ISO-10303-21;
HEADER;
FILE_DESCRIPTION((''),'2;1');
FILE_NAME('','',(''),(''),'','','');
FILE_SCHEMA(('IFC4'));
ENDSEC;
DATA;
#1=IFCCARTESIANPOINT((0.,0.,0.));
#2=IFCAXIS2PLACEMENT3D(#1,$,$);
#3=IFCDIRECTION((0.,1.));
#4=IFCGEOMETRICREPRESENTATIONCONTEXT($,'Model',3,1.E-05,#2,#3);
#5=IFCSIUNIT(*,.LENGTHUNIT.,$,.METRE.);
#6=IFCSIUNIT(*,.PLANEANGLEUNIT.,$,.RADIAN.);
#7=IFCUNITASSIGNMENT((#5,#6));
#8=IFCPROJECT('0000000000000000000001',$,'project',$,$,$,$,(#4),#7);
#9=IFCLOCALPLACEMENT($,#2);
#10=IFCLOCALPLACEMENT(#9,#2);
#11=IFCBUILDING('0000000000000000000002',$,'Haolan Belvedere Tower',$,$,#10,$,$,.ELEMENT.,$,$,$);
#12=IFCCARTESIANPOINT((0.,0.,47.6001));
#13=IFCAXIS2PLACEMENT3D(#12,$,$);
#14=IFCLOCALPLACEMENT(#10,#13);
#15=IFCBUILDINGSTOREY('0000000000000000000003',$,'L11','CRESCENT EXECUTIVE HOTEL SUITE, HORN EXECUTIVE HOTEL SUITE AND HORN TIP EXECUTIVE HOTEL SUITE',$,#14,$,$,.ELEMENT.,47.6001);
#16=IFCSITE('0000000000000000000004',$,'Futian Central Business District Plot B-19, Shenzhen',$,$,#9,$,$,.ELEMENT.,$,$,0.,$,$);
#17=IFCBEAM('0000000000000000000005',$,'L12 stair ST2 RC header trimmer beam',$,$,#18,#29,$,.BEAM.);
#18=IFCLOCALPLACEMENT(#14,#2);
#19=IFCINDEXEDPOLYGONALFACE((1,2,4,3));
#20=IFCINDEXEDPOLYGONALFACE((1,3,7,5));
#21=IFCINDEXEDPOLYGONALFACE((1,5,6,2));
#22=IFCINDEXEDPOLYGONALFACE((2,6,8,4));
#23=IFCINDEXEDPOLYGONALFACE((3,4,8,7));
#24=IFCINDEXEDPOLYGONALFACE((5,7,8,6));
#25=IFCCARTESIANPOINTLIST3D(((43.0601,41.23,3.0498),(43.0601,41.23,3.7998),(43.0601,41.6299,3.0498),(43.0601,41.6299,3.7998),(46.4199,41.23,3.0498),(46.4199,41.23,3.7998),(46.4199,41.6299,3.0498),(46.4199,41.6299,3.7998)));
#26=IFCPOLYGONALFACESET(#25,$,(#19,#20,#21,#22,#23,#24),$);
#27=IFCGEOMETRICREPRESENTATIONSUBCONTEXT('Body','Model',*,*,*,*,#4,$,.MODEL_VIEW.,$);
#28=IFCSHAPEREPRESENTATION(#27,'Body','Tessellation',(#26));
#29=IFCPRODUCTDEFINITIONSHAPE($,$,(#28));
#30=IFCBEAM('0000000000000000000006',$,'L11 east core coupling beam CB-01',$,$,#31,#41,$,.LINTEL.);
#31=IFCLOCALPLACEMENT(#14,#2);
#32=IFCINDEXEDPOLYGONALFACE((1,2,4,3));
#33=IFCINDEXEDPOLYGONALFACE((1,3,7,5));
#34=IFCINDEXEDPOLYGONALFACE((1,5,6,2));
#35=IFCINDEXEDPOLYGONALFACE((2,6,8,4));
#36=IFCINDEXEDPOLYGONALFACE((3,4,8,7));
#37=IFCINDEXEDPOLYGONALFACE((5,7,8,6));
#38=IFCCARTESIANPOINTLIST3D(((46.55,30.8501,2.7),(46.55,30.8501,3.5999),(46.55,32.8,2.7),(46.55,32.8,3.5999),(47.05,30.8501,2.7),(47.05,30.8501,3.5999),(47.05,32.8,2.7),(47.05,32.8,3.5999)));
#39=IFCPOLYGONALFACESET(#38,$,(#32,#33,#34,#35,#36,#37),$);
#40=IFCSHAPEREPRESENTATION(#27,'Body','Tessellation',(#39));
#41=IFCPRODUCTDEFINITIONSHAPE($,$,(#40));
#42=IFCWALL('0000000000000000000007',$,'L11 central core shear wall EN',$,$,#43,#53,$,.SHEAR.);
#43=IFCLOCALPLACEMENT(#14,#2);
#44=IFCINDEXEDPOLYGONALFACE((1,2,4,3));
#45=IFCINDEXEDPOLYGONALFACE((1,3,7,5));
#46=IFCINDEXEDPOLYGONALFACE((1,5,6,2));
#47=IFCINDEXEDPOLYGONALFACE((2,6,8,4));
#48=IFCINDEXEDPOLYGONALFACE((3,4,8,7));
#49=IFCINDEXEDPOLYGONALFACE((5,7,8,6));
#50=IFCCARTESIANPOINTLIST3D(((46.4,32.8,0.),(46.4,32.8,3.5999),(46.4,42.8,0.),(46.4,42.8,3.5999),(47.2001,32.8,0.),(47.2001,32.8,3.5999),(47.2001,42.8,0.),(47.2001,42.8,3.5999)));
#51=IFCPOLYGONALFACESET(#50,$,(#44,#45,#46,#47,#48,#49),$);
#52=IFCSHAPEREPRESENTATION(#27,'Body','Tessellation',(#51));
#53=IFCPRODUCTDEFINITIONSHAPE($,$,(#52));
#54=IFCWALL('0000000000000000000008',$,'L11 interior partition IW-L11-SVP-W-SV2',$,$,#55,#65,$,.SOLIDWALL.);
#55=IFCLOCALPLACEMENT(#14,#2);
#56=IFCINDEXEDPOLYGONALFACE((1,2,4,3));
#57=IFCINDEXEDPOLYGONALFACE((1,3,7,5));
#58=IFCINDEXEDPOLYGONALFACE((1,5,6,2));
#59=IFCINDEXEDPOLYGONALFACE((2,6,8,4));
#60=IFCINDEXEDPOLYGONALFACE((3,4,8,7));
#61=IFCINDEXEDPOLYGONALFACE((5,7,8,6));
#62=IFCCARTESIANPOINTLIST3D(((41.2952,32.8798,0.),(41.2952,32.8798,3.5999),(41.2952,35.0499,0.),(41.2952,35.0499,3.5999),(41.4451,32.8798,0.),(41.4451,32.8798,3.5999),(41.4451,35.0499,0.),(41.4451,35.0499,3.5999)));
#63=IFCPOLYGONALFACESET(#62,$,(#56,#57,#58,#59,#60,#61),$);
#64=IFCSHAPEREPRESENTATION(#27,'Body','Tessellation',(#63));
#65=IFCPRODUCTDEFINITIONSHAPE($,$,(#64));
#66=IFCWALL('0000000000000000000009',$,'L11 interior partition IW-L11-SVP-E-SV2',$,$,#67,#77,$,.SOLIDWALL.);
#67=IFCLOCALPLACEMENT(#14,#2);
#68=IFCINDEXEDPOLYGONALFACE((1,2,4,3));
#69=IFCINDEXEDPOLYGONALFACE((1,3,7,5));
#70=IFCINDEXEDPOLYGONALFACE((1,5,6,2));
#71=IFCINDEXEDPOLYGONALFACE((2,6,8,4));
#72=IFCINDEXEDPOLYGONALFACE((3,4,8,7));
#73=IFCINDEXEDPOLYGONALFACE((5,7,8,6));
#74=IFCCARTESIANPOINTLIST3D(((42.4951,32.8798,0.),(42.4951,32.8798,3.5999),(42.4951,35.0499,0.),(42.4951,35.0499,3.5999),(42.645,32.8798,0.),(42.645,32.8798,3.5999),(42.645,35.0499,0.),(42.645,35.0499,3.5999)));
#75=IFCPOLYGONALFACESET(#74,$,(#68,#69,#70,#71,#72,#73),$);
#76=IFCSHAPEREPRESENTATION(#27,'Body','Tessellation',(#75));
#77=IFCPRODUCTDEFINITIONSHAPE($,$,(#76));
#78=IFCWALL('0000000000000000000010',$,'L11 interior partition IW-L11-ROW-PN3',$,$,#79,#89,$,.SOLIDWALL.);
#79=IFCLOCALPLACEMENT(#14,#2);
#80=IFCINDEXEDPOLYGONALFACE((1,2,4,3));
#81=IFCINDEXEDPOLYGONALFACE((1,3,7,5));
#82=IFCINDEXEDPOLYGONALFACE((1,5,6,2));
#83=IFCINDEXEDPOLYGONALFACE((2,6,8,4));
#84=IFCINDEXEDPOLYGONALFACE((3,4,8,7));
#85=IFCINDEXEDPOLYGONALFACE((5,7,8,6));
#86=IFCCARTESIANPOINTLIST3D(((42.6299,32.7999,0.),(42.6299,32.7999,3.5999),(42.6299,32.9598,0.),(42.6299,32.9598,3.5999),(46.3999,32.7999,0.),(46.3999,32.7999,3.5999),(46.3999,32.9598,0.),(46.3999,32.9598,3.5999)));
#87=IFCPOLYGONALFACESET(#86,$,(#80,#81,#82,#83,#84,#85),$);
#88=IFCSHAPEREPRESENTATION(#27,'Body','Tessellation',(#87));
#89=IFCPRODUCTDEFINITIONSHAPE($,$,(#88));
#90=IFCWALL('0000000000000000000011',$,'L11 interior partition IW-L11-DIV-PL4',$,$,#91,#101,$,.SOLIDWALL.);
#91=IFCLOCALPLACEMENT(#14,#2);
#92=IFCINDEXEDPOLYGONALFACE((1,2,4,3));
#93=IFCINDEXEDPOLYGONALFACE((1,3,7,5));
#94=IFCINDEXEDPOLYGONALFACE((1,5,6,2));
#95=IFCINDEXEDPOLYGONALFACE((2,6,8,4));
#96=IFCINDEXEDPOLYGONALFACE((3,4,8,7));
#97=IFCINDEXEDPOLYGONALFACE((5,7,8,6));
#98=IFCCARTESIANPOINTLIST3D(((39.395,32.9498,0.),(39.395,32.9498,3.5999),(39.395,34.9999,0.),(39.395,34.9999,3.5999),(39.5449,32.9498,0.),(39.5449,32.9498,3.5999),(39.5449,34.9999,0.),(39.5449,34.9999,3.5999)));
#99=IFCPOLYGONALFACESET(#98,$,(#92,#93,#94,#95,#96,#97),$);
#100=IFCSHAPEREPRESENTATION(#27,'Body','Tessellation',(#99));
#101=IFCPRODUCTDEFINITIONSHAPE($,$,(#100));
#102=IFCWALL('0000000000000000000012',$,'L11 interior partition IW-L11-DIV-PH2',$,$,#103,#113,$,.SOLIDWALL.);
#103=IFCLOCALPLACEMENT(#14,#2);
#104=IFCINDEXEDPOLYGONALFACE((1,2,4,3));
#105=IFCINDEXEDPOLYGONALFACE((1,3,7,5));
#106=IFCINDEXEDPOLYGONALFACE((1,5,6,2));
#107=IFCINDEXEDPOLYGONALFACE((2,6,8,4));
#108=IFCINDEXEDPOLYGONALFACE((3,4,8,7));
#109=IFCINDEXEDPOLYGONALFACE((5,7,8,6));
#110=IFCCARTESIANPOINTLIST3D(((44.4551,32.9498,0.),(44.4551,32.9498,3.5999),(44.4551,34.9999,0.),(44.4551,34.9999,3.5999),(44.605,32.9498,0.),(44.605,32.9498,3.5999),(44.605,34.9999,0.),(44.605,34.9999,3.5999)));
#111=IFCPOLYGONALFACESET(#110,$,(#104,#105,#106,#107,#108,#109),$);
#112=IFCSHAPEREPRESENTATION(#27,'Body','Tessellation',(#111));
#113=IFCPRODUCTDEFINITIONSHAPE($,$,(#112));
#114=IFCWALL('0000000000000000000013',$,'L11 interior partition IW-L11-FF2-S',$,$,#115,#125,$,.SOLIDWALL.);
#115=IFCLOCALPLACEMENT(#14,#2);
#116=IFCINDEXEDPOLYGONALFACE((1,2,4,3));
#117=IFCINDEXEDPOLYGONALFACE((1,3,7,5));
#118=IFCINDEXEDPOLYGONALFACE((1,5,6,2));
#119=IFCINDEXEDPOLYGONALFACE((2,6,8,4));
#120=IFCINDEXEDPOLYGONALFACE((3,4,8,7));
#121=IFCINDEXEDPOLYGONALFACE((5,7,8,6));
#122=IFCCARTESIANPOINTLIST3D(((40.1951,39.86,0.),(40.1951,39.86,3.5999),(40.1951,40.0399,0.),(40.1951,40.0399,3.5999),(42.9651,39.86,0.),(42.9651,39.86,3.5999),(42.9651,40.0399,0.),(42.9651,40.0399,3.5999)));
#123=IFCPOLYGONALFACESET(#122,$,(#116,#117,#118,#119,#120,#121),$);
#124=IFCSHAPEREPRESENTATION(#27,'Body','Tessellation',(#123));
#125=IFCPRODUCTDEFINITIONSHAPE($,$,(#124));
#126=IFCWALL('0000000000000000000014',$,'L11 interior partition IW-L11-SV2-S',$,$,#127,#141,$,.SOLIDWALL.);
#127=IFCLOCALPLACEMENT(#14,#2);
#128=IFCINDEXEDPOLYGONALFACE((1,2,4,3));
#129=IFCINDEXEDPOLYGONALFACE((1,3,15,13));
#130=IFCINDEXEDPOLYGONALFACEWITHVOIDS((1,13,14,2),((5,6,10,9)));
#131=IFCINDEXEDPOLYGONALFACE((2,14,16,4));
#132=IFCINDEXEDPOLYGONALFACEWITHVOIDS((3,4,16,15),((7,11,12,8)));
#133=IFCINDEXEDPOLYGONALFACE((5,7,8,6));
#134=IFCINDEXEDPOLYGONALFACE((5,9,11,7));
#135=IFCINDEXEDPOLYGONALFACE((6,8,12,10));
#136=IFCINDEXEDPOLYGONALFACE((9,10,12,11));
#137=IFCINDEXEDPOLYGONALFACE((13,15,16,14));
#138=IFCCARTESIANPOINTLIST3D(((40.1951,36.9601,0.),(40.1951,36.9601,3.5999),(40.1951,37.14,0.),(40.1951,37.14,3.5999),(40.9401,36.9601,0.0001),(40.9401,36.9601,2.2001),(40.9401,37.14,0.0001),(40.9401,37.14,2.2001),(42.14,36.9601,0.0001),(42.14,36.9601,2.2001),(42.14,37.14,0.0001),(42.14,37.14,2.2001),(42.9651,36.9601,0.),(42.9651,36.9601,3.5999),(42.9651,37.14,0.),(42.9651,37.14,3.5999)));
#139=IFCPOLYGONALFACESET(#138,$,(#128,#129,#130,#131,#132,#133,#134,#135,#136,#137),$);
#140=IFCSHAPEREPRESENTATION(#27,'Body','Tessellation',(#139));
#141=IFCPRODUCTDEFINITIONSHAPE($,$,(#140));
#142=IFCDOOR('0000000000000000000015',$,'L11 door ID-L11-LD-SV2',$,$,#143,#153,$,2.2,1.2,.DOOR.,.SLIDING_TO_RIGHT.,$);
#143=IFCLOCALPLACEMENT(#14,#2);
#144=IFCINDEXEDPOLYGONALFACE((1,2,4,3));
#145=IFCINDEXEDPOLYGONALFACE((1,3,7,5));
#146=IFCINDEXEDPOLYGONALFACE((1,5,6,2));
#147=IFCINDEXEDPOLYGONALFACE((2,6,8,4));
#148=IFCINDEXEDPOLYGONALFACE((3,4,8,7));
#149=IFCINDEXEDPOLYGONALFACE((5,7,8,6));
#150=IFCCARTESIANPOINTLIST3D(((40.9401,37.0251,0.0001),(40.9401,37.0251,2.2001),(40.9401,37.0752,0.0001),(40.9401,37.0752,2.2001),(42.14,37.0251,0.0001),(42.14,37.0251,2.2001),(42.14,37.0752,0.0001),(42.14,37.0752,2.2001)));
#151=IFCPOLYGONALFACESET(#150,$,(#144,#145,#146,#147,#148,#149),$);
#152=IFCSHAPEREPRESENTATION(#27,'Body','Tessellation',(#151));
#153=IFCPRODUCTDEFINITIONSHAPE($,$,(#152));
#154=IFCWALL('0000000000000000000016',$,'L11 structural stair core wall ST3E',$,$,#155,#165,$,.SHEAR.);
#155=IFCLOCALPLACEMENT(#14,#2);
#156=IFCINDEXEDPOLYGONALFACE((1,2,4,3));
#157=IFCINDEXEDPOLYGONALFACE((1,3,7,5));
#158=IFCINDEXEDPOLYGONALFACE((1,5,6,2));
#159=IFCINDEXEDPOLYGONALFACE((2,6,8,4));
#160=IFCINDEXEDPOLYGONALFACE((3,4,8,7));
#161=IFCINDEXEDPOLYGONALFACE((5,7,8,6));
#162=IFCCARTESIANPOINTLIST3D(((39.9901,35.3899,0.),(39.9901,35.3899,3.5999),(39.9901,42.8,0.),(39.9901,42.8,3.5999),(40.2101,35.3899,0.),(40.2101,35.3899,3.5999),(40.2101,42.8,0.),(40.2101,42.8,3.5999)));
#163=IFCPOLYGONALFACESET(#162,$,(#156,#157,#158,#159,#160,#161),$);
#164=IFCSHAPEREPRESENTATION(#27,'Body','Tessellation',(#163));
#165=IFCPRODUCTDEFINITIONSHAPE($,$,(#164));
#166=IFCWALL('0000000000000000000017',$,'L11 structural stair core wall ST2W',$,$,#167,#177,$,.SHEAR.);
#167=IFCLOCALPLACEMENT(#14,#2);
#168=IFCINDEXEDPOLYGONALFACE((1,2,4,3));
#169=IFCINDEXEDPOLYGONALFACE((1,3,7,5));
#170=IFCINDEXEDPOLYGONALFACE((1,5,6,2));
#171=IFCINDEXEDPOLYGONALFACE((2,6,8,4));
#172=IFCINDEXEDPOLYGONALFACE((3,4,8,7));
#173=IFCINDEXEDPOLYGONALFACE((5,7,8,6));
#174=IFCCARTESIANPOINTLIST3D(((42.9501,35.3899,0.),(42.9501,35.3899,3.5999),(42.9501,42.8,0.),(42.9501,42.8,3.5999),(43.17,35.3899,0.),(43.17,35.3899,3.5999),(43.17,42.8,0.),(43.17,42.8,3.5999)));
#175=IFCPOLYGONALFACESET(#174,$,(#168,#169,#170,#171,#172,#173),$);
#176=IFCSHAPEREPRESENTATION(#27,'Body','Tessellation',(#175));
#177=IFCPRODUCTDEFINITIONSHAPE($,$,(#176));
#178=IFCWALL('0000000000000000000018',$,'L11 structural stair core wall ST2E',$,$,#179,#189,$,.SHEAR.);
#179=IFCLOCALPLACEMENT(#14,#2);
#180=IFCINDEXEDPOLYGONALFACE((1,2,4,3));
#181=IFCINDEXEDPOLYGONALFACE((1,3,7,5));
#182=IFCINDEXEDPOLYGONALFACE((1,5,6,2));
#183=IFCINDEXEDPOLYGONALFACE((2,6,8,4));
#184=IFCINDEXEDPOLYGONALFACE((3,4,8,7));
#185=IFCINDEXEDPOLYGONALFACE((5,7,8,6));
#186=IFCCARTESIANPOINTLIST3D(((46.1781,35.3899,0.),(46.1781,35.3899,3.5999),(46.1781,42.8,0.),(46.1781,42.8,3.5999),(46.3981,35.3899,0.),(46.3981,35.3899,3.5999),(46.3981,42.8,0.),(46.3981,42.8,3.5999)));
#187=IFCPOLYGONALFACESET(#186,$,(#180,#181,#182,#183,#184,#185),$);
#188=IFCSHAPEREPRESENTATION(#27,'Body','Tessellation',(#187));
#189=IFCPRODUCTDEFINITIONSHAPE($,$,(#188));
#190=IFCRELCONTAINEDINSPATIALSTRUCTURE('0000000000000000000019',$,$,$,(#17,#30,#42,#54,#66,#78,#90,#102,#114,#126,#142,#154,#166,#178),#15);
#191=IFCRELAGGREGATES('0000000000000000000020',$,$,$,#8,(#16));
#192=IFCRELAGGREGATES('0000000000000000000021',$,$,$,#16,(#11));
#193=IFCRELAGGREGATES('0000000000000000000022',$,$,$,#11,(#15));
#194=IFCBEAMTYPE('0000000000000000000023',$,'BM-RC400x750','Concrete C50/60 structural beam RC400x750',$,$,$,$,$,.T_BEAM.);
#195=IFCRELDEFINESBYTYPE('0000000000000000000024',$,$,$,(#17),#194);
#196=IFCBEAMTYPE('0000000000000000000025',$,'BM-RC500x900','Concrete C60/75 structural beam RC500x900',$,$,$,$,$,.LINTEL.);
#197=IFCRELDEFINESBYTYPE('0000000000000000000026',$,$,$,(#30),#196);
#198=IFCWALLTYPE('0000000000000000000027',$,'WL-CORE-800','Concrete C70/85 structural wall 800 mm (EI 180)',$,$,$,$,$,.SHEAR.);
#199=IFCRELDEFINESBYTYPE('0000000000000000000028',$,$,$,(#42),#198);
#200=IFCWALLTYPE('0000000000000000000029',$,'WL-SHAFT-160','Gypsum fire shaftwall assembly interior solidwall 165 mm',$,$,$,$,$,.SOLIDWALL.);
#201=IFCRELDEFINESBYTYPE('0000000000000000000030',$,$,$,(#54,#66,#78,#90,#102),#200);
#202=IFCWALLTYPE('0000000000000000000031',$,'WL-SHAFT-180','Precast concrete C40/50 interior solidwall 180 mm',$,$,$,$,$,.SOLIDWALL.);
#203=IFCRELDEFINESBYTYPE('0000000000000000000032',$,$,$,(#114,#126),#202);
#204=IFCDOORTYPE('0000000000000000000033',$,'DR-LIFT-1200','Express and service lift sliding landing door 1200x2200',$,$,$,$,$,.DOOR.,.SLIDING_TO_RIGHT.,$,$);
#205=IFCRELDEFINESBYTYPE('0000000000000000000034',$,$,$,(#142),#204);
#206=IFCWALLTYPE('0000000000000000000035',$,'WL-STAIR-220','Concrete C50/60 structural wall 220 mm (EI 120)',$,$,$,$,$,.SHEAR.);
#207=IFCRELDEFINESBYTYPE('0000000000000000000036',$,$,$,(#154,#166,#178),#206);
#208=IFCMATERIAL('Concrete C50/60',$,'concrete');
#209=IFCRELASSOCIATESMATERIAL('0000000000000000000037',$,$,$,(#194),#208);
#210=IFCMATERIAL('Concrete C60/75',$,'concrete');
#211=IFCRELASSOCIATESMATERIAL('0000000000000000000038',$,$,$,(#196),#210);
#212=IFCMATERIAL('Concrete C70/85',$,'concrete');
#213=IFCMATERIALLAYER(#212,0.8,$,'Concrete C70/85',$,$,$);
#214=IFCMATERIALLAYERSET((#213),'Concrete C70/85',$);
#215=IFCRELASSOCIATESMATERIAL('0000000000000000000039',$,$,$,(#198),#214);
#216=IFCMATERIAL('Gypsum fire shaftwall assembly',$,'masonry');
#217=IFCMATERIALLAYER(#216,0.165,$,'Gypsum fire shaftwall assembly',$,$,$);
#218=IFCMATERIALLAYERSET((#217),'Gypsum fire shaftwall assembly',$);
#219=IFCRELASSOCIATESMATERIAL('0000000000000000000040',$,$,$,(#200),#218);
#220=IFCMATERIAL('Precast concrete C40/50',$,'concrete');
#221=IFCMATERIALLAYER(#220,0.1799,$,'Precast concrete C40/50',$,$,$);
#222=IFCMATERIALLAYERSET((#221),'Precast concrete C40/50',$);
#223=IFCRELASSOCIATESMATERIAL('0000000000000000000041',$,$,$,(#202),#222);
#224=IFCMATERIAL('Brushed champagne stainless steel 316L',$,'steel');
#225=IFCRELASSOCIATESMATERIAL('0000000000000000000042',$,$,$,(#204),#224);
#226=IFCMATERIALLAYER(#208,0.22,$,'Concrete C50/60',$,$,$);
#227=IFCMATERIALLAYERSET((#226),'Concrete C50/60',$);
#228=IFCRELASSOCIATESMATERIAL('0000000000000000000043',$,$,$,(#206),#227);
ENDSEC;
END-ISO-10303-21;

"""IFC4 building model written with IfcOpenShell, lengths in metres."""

from ifc_helpers import new_model, si_unit, direction, frame, frame_2d, origin, origin_2d, place, context, subcontext, project, spatial, rectangle, extrude, material, layer, layer_set, material_profile, profile_set, type_object, element, fill, save


model = new_model("IFC4")

# Units and contexts
model_context = context("Model", 3, precision=1e-05, world=origin(), true_north=direction((0.0, 1.0)))
body_context = subcontext(model_context, "Body", "Model", "MODEL_VIEW")
ifc_project = project(units=[si_unit("LENGTHUNIT", "METRE"), si_unit("PLANEANGLEUNIT", "RADIAN")], contexts=[model_context])

# Site, building, storey
site_placement = place(None, origin())
site = spatial("IfcSite", under=ifc_project, at=site_placement, Name="Futian Central Business District Plot B-19, Shenzhen", CompositionType="ELEMENT", RefElevation=0.0)
building_placement = place(site_placement, origin())
building = spatial("IfcBuilding", under=site, at=building_placement, Name="Haolan Belvedere Tower", CompositionType="ELEMENT")
storey_placement = place(building_placement, frame((0.0, 0.0, 47.6001)))
storey = spatial("IfcBuildingStorey", under=building, at=storey_placement, Name="L11", Description="CRESCENT EXECUTIVE HOTEL SUITE, HORN EXECUTIVE HOTEL SUITE AND HORN TIP EXECUTIVE HOTEL SUITE", CompositionType="ELEMENT", Elevation=47.6001)

# Beams
ifc_material_1 = material(Name="Concrete C50/60", Category="concrete")
ifc_material_profile_1 = material_profile(ifc_material_1, rectangle(XDim=0.3999, YDim=0.75, at=origin_2d()), Name="Concrete C50/60")
ifc_profile_set_1 = profile_set([ifc_material_profile_1], Name="Concrete C50/60")
beam_type_1 = type_object("IfcBeamType", Name="BM-RC400x750", Description="Concrete C50/60 structural beam RC400x750", PredefinedType="T_BEAM", material=ifc_profile_set_1)
beam_1_placement = place(storey_placement, frame((43.0601, 41.4299, 3.4248), z_axis=(1.0, 0.0, 0.0), x_axis=(0.0, 1.0, 0.0)))
element("IfcBeam", 1, at=beam_1_placement, inside=storey, type_object=beam_type_1, Name="L12 stair ST2 RC header trimmer beam", PredefinedType="BEAM", context=body_context, shape_type="SweptSolid", body=[
    extrude(rectangle(XDim=0.3999, YDim=0.75, at=origin_2d()), origin(), (0.0, 0.0, 1.0), 3.3599),
])
ifc_material_2 = material(Name="Concrete C60/75", Category="concrete")
ifc_material_profile_2 = material_profile(ifc_material_2, rectangle(XDim=0.5, YDim=0.8999, at=origin_2d()), Name="Concrete C60/75")
ifc_profile_set_2 = profile_set([ifc_material_profile_2], Name="Concrete C60/75")
beam_type_2 = type_object("IfcBeamType", Name="BM-RC500x900", Description="Concrete C60/75 structural beam RC500x900", PredefinedType="LINTEL", material=ifc_profile_set_2)
beam_2_placement = place(storey_placement, frame((46.8, 30.8501, 3.1499), z_axis=(0.0, 1.0, 0.0), x_axis=(-1.0, 0.0, 0.0)))
element("IfcBeam", 2, at=beam_2_placement, inside=storey, type_object=beam_type_2, Name="L11 east core coupling beam CB-01", PredefinedType="LINTEL", context=body_context, shape_type="SweptSolid", body=[
    extrude(rectangle(XDim=0.5, YDim=0.8999, at=origin_2d()), origin(), (0.0, 0.0, 1.0), 1.95),
])

# Walls
ifc_material_3 = material(Name="Concrete C70/85", Category="concrete")
ifc_layer_1 = layer(ifc_material_3, 0.8, Name="Concrete C70/85")
ifc_layer_set_1 = layer_set([ifc_layer_1], Name="Concrete C70/85")
wall_type_1 = type_object("IfcWallType", Name="WL-CORE-800", Description="Concrete C70/85 structural wall 800 mm (EI 180)", PredefinedType="SHEAR", material=ifc_layer_set_1)
wall_1_placement = place(storey_placement, frame((46.8, 32.8, 0.0), z_axis=(0.0, 0.0, 1.0), x_axis=(0.0, 1.0, 0.0)))
element("IfcWall", 3, at=wall_1_placement, inside=storey, type_object=wall_type_1, Name="L11 central core shear wall EN", PredefinedType="SHEAR", context=body_context, shape_type="SweptSolid", body=[
    extrude(rectangle(XDim=10.0, YDim=0.8, at=frame_2d((5.0, 0.0))), origin(), (0.0, 0.0, 1.0), 3.5999),
])
ifc_material_4 = material(Name="Gypsum fire shaftwall assembly", Category="masonry")
ifc_layer_2 = layer(ifc_material_4, 0.165, Name="Gypsum fire shaftwall assembly")
ifc_layer_set_2 = layer_set([ifc_layer_2], Name="Gypsum fire shaftwall assembly")
wall_type_2 = type_object("IfcWallType", Name="WL-SHAFT-160", Description="Gypsum fire shaftwall assembly interior solidwall 165 mm", PredefinedType="SOLIDWALL", material=ifc_layer_set_2)
for number, where, z_axis, x_axis, name in (
    (4, (41.3701, 32.8799, 0.0), (0.0, 0.0, 1.0), (0.0, 1.0, 0.0), "L11 interior partition IW-L11-SVP-W-SV2"),
    (5, (42.5701, 32.8799, 0.0), (0.0, 0.0, 1.0), (0.0, 1.0, 0.0), "L11 interior partition IW-L11-SVP-E-SV2"),
):
    element("IfcWall", number, at=place(storey_placement, frame(where, z_axis=z_axis, x_axis=x_axis)), inside=storey, type_object=wall_type_2, Name=name, PredefinedType="SOLIDWALL", context=body_context, shape_type="SweptSolid", body=[
        extrude(rectangle(XDim=2.1702, YDim=0.1499, at=frame_2d((1.085, 0.0))), origin(), (0.0, 0.0, 1.0), 3.5999),
    ])
wall_2_placement = place(storey_placement, frame((42.6299, 32.8799, 0.0), z_axis=(0.0, 0.0, 1.0), x_axis=(1.0, 0.0, 0.0)))
element("IfcWall", 6, at=wall_2_placement, inside=storey, type_object=wall_type_2, Name="L11 interior partition IW-L11-ROW-PN3", PredefinedType="SOLIDWALL", context=body_context, shape_type="SweptSolid", body=[
    extrude(rectangle(XDim=3.77, YDim=0.1599, at=frame_2d((1.885, 0.0))), origin(), (0.0, 0.0, 1.0), 3.5999),
])
for number, where, z_axis, x_axis, name in (
    (7, (39.47, 32.95, 0.0), (0.0, 0.0, 1.0), (0.0, 1.0, 0.0), "L11 interior partition IW-L11-DIV-PL4"),
    (8, (44.53, 32.95, 0.0), (0.0, 0.0, 1.0), (0.0, 1.0, 0.0), "L11 interior partition IW-L11-DIV-PH2"),
):
    element("IfcWall", number, at=place(storey_placement, frame(where, z_axis=z_axis, x_axis=x_axis)), inside=storey, type_object=wall_type_2, Name=name, PredefinedType="SOLIDWALL", context=body_context, shape_type="SweptSolid", body=[
        extrude(rectangle(XDim=2.05, YDim=0.1499, at=frame_2d((1.0249, 0.0))), origin(), (0.0, 0.0, 1.0), 3.5999),
    ])
ifc_material_5 = material(Name="Precast concrete C40/50", Category="concrete")
ifc_layer_3 = layer(ifc_material_5, 0.1799, Name="Precast concrete C40/50")
ifc_layer_set_3 = layer_set([ifc_layer_3], Name="Precast concrete C40/50")
wall_type_3 = type_object("IfcWallType", Name="WL-SHAFT-180", Description="Precast concrete C40/50 interior solidwall 180 mm", PredefinedType="SOLIDWALL", material=ifc_layer_set_3)
wall_3_placement = place(storey_placement, frame((40.1951, 39.95, 0.0), z_axis=(0.0, 0.0, 1.0), x_axis=(1.0, 0.0, 0.0)))
element("IfcWall", 9, at=wall_3_placement, inside=storey, type_object=wall_type_3, Name="L11 interior partition IW-L11-FF2-S", PredefinedType="SOLIDWALL", context=body_context, shape_type="SweptSolid", body=[
    extrude(rectangle(XDim=2.77, YDim=0.1799, at=frame_2d((1.385, 0.0))), origin(), (0.0, 0.0, 1.0), 3.5999),
])

# Wall, opening, door
wall_4_placement = place(storey_placement, frame((40.1951, 37.05, 0.0), z_axis=(0.0, 0.0, 1.0), x_axis=(1.0, 0.0, 0.0)))
wall_4 = element("IfcWall", 10, at=wall_4_placement, inside=storey, type_object=wall_type_3, Name="L11 interior partition IW-L11-SV2-S", PredefinedType="SOLIDWALL", context=body_context, shape_type="SweptSolid", body=[
    extrude(rectangle(XDim=2.77, YDim=0.1799, at=frame_2d((1.385, 0.0))), origin(), (0.0, 0.0, 1.0), 3.5999),
])
opening_placement = place(wall_4_placement, frame((1.9451, 0.0, 0.0), z_axis=(0.0, 0.0, 1.0), x_axis=(-1.0, 0.0, 0.0)))
opening = element("IfcOpeningElement", 11, at=opening_placement, cuts=wall_4, PredefinedType="OPENING", context=body_context, shape_type="SweptSolid", body=[
    extrude(rectangle(XDim=1.2, YDim=2.2, at=frame_2d((0.6001, 1.1001))), frame((0.0, 0.0999, 0.0), z_axis=(0.0, -1.0, 0.0), x_axis=(1.0, 0.0, 0.0)), (0.0, 0.0, 1.0), 0.2),
])
ifc_material_6 = material(Name="Brushed champagne stainless steel 316L", Category="steel")
door_type = type_object("IfcDoorType", Name="DR-LIFT-1200", Description="Express and service lift sliding landing door 1200x2200", OperationType="SLIDING_TO_RIGHT", PredefinedType="DOOR", material=ifc_material_6)
door_placement = place(opening_placement, origin())
door = element("IfcDoor", 12, at=door_placement, inside=storey, type_object=door_type, Name="L11 door ID-L11-LD-SV2", OperationType="SLIDING_TO_RIGHT", OverallHeight=2.2, OverallWidth=1.2, PredefinedType="DOOR", context=body_context, shape_type="SweptSolid", body=[
    extrude(rectangle(XDim=1.2, YDim=2.2, at=frame_2d((0.6001, 1.1001))), frame((0.0, 0.0249, 0.0), z_axis=(0.0, -1.0, 0.0), x_axis=(1.0, 0.0, 0.0)), (0.0, 0.0, 1.0), 0.05),
])
fill(opening, door)

# Walls
ifc_layer_4 = layer(ifc_material_1, 0.22, Name="Concrete C50/60")
ifc_layer_set_4 = layer_set([ifc_layer_4], Name="Concrete C50/60")
wall_type_4 = type_object("IfcWallType", Name="WL-STAIR-220", Description="Concrete C50/60 structural wall 220 mm (EI 120)", PredefinedType="SHEAR", material=ifc_layer_set_4)
for number, where, z_axis, x_axis, name in (
    (13, (40.1001, 35.3899, 0.0), (0.0, 0.0, 1.0), (0.0, 1.0, 0.0), "L11 structural stair core wall ST3E"),
    (14, (43.0601, 35.3899, 0.0), (0.0, 0.0, 1.0), (0.0, 1.0, 0.0), "L11 structural stair core wall ST2W"),
    (15, (46.2881, 35.3899, 0.0), (0.0, 0.0, 1.0), (0.0, 1.0, 0.0), "L11 structural stair core wall ST2E"),
):
    element("IfcWall", number, at=place(storey_placement, frame(where, z_axis=z_axis, x_axis=x_axis)), inside=storey, type_object=wall_type_4, Name=name, PredefinedType="SHEAR", context=body_context, shape_type="SweptSolid", body=[
        extrude(rectangle(XDim=7.4102, YDim=0.22, at=frame_2d((3.7051, 0.0))), origin(), (0.0, 0.0, 1.0), 3.5999),
    ])

save(model, "model.ifc")
